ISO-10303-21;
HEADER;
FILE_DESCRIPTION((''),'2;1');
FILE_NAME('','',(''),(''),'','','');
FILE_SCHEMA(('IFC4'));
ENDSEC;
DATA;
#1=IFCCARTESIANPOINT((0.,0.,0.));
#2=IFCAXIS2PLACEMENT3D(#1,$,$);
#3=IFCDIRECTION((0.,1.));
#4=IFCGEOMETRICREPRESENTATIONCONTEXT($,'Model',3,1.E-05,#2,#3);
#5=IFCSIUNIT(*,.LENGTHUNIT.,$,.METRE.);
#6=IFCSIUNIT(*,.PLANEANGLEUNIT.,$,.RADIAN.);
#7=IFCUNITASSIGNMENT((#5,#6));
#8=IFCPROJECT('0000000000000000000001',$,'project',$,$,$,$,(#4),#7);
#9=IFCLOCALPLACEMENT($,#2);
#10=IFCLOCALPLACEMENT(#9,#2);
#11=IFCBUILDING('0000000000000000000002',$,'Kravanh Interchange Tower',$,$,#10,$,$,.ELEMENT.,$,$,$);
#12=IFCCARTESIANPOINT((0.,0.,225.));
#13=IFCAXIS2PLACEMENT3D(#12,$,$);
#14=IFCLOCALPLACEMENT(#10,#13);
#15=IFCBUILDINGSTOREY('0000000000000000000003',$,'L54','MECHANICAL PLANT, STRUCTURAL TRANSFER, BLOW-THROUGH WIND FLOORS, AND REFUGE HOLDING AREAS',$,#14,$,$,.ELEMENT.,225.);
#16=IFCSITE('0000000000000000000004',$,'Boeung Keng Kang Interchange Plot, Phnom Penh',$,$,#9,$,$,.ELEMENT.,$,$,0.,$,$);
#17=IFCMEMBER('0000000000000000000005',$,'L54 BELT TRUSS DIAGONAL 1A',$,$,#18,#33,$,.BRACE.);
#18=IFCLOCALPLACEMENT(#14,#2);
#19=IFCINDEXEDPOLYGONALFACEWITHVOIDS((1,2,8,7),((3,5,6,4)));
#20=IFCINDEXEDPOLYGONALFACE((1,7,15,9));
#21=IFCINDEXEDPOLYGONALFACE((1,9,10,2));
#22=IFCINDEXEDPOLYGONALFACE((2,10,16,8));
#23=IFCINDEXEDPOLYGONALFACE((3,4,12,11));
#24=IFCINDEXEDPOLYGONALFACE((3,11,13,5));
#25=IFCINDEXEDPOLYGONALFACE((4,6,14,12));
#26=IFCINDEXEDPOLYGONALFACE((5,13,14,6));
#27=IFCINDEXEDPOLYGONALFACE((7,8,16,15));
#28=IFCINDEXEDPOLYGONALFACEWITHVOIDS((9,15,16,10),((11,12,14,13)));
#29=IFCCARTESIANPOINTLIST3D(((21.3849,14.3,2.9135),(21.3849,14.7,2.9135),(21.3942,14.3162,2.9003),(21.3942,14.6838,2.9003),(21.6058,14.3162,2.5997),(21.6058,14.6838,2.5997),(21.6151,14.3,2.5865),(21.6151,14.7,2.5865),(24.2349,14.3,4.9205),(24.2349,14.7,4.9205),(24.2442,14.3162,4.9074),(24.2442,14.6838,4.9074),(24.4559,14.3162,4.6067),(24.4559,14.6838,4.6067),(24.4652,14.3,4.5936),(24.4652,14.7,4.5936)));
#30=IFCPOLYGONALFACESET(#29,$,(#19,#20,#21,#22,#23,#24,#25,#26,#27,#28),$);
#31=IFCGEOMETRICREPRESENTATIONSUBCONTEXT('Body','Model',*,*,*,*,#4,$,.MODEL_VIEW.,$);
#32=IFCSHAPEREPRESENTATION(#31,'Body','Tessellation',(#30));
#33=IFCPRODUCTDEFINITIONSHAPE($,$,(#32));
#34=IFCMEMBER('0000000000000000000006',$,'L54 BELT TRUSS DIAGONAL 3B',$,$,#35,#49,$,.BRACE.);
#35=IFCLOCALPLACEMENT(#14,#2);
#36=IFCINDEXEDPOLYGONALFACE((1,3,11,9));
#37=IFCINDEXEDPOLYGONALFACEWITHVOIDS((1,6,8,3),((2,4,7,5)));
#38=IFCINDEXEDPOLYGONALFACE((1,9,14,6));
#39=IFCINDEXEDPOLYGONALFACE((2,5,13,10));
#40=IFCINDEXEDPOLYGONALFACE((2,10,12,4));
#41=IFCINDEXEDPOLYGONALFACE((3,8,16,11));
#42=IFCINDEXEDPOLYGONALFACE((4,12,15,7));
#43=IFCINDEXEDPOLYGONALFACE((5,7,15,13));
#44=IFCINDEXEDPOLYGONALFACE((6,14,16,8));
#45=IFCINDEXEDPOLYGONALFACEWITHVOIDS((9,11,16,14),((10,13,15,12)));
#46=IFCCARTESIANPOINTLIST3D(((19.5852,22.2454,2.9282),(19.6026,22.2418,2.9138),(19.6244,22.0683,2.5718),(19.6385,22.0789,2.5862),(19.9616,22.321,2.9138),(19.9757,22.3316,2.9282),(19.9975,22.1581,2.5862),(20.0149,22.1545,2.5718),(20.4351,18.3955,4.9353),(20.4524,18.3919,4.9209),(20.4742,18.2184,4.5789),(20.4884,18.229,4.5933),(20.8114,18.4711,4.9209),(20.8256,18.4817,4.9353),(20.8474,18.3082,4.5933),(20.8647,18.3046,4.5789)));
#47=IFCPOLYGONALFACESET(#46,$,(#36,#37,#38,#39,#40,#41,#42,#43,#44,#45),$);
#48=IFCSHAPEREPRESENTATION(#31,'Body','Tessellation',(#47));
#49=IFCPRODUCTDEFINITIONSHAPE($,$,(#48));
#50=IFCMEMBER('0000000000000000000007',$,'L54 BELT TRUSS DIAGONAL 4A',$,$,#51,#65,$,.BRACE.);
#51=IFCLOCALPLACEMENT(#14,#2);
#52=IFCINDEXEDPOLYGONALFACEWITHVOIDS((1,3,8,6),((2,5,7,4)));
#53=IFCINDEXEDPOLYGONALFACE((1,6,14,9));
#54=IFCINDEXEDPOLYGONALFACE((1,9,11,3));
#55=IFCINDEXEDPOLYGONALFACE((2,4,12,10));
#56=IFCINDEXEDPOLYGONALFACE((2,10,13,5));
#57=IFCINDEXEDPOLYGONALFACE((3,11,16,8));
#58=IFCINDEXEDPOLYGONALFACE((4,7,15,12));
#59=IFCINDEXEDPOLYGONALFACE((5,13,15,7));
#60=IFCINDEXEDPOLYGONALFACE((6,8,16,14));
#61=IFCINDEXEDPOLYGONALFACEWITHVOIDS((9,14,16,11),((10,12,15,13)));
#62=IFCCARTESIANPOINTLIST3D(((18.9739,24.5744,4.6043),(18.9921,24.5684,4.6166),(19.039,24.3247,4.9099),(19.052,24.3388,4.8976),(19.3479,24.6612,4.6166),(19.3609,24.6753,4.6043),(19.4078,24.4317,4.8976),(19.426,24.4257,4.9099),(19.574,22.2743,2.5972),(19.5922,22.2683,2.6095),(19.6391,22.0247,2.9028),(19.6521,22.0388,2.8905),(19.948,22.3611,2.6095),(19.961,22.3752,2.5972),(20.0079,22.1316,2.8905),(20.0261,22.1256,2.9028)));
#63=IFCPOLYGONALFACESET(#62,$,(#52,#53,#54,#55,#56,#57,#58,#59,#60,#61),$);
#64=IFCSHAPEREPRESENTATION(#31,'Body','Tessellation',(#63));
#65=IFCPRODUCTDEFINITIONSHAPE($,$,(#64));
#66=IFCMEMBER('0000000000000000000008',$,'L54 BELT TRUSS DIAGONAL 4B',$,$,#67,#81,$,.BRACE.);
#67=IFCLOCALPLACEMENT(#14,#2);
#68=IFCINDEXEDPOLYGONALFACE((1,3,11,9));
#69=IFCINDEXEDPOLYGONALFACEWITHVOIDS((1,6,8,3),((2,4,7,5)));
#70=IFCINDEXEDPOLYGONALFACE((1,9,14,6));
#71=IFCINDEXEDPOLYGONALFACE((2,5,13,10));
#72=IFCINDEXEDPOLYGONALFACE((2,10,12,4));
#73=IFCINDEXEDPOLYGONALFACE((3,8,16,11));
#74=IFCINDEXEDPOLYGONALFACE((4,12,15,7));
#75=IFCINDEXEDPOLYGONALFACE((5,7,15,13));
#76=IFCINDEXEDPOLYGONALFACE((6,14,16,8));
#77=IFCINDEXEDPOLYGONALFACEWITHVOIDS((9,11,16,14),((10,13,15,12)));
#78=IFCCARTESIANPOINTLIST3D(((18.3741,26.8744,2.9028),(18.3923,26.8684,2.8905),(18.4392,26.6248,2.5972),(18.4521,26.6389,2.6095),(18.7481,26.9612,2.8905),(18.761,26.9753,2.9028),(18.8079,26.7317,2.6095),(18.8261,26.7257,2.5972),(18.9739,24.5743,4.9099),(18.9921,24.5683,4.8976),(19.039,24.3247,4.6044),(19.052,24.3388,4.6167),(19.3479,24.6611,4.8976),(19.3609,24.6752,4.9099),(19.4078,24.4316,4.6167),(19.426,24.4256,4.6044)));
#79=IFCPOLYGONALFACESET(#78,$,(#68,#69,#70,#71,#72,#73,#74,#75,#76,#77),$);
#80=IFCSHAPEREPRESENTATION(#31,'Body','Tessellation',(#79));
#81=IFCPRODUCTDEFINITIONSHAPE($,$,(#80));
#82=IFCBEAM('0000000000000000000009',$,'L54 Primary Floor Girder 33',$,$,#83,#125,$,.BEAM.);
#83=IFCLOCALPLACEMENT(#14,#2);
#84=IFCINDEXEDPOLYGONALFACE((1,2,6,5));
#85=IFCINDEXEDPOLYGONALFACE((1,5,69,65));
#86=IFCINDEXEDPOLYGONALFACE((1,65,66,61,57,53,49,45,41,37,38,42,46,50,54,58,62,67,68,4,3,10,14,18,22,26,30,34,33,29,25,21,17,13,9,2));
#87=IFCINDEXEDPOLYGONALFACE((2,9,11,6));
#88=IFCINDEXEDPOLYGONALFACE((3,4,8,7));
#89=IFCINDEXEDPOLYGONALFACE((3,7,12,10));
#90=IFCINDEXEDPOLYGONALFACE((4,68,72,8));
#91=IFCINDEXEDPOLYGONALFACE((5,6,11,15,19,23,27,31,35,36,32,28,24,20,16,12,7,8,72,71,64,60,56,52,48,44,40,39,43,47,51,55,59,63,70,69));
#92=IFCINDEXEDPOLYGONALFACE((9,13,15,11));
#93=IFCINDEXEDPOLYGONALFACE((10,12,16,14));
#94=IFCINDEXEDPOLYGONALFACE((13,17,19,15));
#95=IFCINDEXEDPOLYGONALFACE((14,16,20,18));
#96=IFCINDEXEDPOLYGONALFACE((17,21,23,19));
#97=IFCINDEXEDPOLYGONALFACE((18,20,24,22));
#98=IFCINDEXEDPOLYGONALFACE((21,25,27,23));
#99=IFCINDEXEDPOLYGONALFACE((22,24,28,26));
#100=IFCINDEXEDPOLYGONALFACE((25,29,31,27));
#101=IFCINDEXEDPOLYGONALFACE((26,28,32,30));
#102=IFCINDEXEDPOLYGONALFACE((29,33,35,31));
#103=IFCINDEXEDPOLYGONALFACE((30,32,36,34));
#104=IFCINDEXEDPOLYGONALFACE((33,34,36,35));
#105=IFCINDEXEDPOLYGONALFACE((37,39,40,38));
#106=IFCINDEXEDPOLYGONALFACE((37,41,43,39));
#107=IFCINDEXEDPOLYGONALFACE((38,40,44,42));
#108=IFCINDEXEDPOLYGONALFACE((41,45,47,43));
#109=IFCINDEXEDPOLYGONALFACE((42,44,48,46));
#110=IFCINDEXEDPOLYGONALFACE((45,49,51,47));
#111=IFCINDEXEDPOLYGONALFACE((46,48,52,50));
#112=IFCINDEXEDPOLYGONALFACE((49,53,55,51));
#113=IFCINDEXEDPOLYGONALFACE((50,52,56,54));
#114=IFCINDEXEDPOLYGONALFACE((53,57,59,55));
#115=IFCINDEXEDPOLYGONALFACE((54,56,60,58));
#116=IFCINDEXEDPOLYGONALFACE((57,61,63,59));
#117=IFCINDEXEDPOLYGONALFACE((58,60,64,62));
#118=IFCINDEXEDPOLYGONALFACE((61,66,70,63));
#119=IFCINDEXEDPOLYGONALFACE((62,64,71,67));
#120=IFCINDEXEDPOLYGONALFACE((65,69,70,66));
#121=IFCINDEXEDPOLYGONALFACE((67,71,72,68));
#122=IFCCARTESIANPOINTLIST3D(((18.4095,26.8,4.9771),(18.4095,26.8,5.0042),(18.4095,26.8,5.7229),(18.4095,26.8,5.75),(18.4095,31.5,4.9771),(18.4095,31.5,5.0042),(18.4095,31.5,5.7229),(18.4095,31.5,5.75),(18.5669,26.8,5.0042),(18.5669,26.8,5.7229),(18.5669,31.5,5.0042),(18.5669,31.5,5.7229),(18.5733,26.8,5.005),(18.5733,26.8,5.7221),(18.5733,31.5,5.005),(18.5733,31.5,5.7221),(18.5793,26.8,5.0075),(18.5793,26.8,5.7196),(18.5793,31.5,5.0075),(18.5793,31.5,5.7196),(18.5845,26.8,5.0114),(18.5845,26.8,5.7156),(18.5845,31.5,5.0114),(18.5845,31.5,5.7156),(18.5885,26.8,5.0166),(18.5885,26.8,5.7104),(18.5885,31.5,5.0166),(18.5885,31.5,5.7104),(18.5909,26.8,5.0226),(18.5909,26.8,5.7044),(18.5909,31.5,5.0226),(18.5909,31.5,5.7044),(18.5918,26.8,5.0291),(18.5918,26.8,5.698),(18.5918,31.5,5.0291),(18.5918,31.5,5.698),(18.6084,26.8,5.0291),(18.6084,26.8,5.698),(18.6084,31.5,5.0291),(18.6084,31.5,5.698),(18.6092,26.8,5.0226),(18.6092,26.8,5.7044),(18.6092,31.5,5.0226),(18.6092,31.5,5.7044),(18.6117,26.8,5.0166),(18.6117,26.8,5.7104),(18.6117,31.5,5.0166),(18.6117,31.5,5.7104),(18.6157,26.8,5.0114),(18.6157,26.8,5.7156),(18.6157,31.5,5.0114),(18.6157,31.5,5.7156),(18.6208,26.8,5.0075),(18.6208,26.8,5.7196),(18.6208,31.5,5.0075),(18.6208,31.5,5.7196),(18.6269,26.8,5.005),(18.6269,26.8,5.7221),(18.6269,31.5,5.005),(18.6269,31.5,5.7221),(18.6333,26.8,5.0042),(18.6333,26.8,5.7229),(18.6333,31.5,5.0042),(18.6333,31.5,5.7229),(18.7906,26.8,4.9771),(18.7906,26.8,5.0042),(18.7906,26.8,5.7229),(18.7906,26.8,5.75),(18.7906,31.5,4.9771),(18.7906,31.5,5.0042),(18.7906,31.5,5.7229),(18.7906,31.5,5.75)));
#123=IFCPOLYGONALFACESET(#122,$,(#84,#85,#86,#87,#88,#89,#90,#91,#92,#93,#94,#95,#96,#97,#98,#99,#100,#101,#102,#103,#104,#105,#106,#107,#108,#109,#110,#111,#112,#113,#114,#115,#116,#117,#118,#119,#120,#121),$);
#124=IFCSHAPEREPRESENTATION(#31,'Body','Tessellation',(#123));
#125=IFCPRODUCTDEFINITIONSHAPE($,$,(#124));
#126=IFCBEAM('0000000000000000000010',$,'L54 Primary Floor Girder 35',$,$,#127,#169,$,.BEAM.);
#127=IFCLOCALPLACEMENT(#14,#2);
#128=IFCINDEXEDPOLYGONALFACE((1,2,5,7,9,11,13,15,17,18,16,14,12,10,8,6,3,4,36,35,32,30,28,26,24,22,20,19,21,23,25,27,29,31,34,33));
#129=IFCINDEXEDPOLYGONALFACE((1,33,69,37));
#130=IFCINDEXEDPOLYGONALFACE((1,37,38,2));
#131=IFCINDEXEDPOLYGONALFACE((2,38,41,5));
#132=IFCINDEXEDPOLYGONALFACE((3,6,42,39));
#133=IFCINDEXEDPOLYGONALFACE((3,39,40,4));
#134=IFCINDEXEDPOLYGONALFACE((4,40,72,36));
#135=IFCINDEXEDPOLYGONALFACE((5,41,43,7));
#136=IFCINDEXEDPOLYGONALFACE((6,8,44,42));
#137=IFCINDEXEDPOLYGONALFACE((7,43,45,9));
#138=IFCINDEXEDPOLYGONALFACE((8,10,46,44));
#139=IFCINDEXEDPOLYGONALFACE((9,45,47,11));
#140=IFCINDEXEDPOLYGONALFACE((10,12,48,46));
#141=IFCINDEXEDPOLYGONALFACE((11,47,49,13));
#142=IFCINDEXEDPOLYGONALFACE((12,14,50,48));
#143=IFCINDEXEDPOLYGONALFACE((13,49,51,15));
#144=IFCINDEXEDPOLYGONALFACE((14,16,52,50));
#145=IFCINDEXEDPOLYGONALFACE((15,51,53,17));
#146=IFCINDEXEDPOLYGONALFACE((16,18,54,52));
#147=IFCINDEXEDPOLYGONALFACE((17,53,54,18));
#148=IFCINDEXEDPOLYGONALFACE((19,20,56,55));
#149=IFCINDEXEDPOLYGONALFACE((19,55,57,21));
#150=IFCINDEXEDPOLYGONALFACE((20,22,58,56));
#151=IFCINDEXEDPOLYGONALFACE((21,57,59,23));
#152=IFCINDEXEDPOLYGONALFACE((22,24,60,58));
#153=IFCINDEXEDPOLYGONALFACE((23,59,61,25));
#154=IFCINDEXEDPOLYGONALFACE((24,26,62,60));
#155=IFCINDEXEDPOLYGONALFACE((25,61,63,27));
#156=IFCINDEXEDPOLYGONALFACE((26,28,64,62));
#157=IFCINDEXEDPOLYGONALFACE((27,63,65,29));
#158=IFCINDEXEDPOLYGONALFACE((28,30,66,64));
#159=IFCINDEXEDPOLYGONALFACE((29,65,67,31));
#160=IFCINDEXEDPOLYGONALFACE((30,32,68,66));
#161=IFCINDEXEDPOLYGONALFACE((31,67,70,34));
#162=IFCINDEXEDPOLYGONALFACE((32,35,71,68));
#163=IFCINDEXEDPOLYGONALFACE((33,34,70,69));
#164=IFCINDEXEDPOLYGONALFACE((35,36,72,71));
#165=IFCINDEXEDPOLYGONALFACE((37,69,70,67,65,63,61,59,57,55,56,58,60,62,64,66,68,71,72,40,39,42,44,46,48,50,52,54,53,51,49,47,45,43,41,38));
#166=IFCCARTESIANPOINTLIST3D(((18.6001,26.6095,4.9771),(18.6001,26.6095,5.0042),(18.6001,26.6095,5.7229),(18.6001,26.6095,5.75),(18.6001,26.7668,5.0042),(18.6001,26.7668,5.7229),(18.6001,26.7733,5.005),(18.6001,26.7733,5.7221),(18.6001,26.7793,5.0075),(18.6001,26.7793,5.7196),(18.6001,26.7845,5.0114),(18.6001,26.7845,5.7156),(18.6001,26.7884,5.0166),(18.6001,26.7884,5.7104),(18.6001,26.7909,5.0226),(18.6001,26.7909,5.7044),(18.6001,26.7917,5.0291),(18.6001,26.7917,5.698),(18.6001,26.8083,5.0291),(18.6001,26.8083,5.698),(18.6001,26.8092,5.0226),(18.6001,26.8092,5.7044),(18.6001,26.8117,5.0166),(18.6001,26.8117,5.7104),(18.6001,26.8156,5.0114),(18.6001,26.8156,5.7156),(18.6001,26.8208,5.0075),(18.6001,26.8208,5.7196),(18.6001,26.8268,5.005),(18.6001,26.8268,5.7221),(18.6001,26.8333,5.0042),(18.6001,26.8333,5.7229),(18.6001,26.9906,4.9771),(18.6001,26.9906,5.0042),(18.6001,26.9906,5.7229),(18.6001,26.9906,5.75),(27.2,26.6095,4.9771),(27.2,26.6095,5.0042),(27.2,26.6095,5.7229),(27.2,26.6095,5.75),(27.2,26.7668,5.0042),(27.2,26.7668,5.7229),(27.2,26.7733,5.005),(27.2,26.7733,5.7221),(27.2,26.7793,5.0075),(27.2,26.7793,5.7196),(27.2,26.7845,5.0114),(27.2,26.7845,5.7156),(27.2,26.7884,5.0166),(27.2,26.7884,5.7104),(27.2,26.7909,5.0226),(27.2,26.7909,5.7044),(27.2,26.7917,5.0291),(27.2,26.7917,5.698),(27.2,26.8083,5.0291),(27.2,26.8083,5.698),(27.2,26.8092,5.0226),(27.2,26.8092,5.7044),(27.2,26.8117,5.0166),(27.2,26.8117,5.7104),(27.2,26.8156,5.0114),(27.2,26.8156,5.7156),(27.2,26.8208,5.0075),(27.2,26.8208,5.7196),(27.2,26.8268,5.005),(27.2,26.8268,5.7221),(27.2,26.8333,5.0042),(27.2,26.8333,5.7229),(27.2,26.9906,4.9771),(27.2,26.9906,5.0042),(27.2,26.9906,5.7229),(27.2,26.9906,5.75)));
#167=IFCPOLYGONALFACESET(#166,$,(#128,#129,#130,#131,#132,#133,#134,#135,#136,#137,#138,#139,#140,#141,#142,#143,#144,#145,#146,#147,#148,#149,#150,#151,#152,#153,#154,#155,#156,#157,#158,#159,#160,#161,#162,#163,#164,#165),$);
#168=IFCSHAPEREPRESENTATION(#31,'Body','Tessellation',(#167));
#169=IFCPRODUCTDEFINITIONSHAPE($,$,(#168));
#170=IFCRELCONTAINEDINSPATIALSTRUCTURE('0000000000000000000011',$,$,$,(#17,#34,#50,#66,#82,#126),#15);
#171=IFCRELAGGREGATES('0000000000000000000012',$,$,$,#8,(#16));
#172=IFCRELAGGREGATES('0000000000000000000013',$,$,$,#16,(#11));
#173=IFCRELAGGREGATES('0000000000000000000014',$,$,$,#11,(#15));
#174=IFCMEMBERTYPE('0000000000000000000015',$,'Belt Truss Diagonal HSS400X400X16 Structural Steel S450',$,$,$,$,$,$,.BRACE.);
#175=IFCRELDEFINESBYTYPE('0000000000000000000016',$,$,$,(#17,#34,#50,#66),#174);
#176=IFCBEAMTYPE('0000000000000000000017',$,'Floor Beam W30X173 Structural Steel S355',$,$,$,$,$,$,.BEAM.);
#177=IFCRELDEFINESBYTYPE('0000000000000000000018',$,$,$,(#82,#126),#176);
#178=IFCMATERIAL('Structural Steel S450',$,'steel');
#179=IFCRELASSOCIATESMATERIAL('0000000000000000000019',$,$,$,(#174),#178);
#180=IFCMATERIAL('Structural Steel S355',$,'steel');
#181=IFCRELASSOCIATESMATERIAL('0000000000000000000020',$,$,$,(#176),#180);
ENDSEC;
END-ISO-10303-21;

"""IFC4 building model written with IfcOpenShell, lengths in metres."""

from ifc_helpers import new_model, si_unit, direction, frame, origin, origin_2d, place, context, subcontext, project, spatial, hollow_rectangle, i_section, extrude, material, material_profile, profile_set, type_object, element, save


model = new_model("IFC4")

# Units and contexts
model_context = context("Model", 3, precision=1e-05, world=origin(), true_north=direction((0.0, 1.0)))
body_context = subcontext(model_context, "Body", "Model", "MODEL_VIEW")
ifc_project = project(units=[si_unit("LENGTHUNIT", "METRE"), si_unit("PLANEANGLEUNIT", "RADIAN")], contexts=[model_context])

# Site, building, storey
site_placement = place(None, origin())
site = spatial("IfcSite", under=ifc_project, at=site_placement, Name="Boeung Keng Kang Interchange Plot, Phnom Penh", CompositionType="ELEMENT", RefElevation=0.0)
building_placement = place(site_placement, origin())
building = spatial("IfcBuilding", under=site, at=building_placement, Name="Kravanh Interchange Tower", CompositionType="ELEMENT")
storey_placement = place(building_placement, frame((0.0, 0.0, 225.0)))
storey = spatial("IfcBuildingStorey", under=building, at=storey_placement, Name="L54", Description="MECHANICAL PLANT, STRUCTURAL TRANSFER, BLOW-THROUGH WIND FLOORS, AND REFUGE HOLDING AREAS", CompositionType="ELEMENT", Elevation=225.0)

# Members
ifc_material_1 = material(Name="Structural Steel S450", Category="steel")
ifc_material_profile_1 = material_profile(ifc_material_1, hollow_rectangle(XDim=0.3999, YDim=0.3999, WallThickness=0.0161, at=origin_2d()), Name="HSS400X400X16")
ifc_profile_set_1 = profile_set([ifc_material_profile_1], Name="Structural Steel S450")
member_type_1 = type_object("IfcMemberType", Name="Belt Truss Diagonal HSS400X400X16 Structural Steel S450", PredefinedType="BRACE", material=ifc_profile_set_1)
member_1_placement = place(storey_placement, frame((21.5, 14.5, 2.75), z_axis=(0.81761, 0.0, 0.575773), x_axis=(0.0, 1.0, 0.0)))
element("IfcMember", 1, at=member_1_placement, inside=storey, type_object=member_type_1, Name="L54 BELT TRUSS DIAGONAL 1A", PredefinedType="BRACE", context=body_context, shape_type="SweptSolid", body=[
    extrude(hollow_rectangle(XDim=0.3999, YDim=0.3999, WallThickness=0.0161, at=origin_2d()), origin(), (0.0, 0.0, 1.0), 3.4858),
])
member_2_placement = place(storey_placement, frame((19.8, 22.2, 2.75), z_axis=(0.1921, -0.870215, 0.453677), x_axis=(0.976491, 0.21556, 0.0)))
element("IfcMember", 2, at=member_2_placement, inside=storey, type_object=member_type_1, Name="L54 BELT TRUSS DIAGONAL 3B", PredefinedType="BRACE", context=body_context, shape_type="SweptSolid", body=[
    extrude(hollow_rectangle(XDim=0.3999, YDim=0.3999, WallThickness=0.0161, at=origin_2d()), origin(), (0.0, 0.0, 1.0), 4.4241),
])
for number, where, z_axis, x_axis, name in (
    (3, (19.8, 22.2, 2.75), (-0.192892, 0.739313, 0.645143), (-0.967609, -0.252455, 0.0), "L54 BELT TRUSS DIAGONAL 4A"),
    (4, (18.6001, 26.8, 2.75), (0.192816, -0.739324, 0.645153), (0.967634, 0.252359, 0.0), "L54 BELT TRUSS DIAGONAL 4B"),
):
    element("IfcMember", number, at=place(storey_placement, frame(where, z_axis=z_axis, x_axis=x_axis)), inside=storey, type_object=member_type_1, Name=name, PredefinedType="BRACE", context=body_context, shape_type="SweptSolid", body=[
        extrude(hollow_rectangle(XDim=0.3999, YDim=0.3999, WallThickness=0.0161, at=origin_2d()), origin(), (0.0, 0.0, 1.0), 3.1111),
    ])

# Beams
ifc_material_2 = material(Name="Structural Steel S355", Category="steel")
ifc_material_profile_2 = material_profile(ifc_material_2, i_section(OverallWidth=0.3811, OverallDepth=0.7729, WebThickness=0.0166, FlangeThickness=0.0271, FilletRadius=0.0249, at=origin_2d()), Name="W30X173")
ifc_profile_set_2 = profile_set([ifc_material_profile_2], Name="Structural Steel S355")
beam_type_1 = type_object("IfcBeamType", Name="Floor Beam W30X173 Structural Steel S355", PredefinedType="BEAM", material=ifc_profile_set_2)
beam_1_placement = place(storey_placement, frame((18.6001, 26.8, 5.3635), z_axis=(0.0, 1.0, 0.0), x_axis=(-1.0, 0.0, 0.0)))
element("IfcBeam", 5, at=beam_1_placement, inside=storey, type_object=beam_type_1, Name="L54 Primary Floor Girder 33", PredefinedType="BEAM", context=body_context, shape_type="SweptSolid", body=[
    extrude(i_section(OverallWidth=0.3811, OverallDepth=0.7729, WebThickness=0.0166, FlangeThickness=0.0271, FilletRadius=0.0249, at=origin_2d()), origin(), (0.0, 0.0, 1.0), 4.7),
])
beam_2_placement = place(storey_placement, frame((18.6001, 26.8, 5.3635), z_axis=(1.0, 0.0, 0.0), x_axis=(0.0, 1.0, 0.0)))
element("IfcBeam", 6, at=beam_2_placement, inside=storey, type_object=beam_type_1, Name="L54 Primary Floor Girder 35", PredefinedType="BEAM", context=body_context, shape_type="SweptSolid", body=[
    extrude(i_section(OverallWidth=0.3811, OverallDepth=0.7729, WebThickness=0.0166, FlangeThickness=0.0271, FilletRadius=0.0249, at=origin_2d()), origin(), (0.0, 0.0, 1.0), 8.5999),
])

save(model, "model.ifc")
